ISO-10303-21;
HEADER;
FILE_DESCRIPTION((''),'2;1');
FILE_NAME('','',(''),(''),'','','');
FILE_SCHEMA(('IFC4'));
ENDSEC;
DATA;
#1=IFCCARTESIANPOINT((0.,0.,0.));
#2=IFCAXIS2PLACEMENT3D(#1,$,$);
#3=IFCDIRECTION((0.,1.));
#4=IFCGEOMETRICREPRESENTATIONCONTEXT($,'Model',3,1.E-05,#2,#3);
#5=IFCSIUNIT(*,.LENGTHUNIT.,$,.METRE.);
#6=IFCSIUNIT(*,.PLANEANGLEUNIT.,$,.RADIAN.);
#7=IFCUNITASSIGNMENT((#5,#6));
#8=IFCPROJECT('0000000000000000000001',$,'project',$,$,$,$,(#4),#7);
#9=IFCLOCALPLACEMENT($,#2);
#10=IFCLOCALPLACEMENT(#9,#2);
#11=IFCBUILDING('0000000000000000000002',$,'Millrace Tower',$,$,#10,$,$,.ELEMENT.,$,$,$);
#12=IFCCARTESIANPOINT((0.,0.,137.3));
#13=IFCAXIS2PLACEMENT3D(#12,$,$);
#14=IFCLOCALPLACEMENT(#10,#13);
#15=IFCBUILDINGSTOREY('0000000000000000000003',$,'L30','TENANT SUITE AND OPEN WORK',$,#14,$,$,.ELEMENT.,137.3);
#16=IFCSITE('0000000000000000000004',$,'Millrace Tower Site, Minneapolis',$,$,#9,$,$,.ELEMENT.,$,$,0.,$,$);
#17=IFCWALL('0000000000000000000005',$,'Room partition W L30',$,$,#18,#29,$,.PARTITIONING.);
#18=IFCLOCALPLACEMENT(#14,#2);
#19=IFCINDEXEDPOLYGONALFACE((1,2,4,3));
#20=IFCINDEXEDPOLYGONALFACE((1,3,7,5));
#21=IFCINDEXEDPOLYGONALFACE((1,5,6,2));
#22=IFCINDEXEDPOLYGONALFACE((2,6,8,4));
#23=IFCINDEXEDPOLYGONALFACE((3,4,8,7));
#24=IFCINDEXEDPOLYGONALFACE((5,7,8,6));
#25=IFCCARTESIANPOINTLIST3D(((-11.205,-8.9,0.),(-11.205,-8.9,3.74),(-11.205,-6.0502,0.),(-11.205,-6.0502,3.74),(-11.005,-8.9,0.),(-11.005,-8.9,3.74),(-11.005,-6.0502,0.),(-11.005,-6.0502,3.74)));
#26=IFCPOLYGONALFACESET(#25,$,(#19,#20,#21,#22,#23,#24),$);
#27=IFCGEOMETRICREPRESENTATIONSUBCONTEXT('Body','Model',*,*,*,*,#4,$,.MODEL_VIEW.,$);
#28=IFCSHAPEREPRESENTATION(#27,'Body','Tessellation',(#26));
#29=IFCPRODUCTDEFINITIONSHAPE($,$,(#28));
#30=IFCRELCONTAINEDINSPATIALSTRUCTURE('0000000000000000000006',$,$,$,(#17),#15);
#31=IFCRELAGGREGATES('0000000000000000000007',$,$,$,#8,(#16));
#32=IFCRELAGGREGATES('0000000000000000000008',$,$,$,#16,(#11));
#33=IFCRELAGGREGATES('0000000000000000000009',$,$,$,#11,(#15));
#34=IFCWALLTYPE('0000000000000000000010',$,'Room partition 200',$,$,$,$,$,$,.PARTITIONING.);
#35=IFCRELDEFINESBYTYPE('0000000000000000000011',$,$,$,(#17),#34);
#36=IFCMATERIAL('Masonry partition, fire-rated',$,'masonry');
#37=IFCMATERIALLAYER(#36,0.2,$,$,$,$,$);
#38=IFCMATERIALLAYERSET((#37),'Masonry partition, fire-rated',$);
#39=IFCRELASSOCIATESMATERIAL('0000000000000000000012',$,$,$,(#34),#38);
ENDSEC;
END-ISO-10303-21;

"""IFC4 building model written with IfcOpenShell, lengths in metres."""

from ifc_helpers import new_model, si_unit, direction, frame, frame_2d, origin, place, context, subcontext, project, spatial, rectangle, extrude, material, layer, layer_set, type_object, element, save


model = new_model("IFC4")

# Units and contexts
model_context = context("Model", 3, precision=1e-05, world=origin(), true_north=direction((0.0, 1.0)))
body_context = subcontext(model_context, "Body", "Model", "MODEL_VIEW")
ifc_project = project(units=[si_unit("LENGTHUNIT", "METRE"), si_unit("PLANEANGLEUNIT", "RADIAN")], contexts=[model_context])

# Site, building, storey
site_placement = place(None, origin())
site = spatial("IfcSite", under=ifc_project, at=site_placement, Name="Millrace Tower Site, Minneapolis", CompositionType="ELEMENT", RefElevation=0.0)
building_placement = place(site_placement, origin())
building = spatial("IfcBuilding", under=site, at=building_placement, Name="Millrace Tower", CompositionType="ELEMENT")
storey_placement = place(building_placement, frame((0.0, 0.0, 137.3)))
storey = spatial("IfcBuildingStorey", under=building, at=storey_placement, Name="L30", Description="TENANT SUITE AND OPEN WORK", CompositionType="ELEMENT", Elevation=137.3)

# Wall
ifc_material_1 = material(Name="Masonry partition, fire-rated", Category="masonry")
ifc_layer_1 = layer(ifc_material_1, 0.2)
ifc_layer_set_1 = layer_set([ifc_layer_1], Name="Masonry partition, fire-rated")
wall_type_1 = type_object("IfcWallType", Name="Room partition 200", PredefinedType="PARTITIONING", material=ifc_layer_set_1)
wall_1_placement = place(storey_placement, frame((-11.105, -8.8999, 0.0), z_axis=(0.0, 0.0, 1.0), x_axis=(0.0, 1.0, 0.0)))
element("IfcWall", 1, at=wall_1_placement, inside=storey, type_object=wall_type_1, Name="Room partition W L30", PredefinedType="PARTITIONING", context=body_context, shape_type="SweptSolid", body=[
    extrude(rectangle(XDim=2.8499, YDim=0.2, at=frame_2d((1.4248, 0.0))), origin(), (0.0, 0.0, 1.0), 3.74),
])

save(model, "model.ifc")
